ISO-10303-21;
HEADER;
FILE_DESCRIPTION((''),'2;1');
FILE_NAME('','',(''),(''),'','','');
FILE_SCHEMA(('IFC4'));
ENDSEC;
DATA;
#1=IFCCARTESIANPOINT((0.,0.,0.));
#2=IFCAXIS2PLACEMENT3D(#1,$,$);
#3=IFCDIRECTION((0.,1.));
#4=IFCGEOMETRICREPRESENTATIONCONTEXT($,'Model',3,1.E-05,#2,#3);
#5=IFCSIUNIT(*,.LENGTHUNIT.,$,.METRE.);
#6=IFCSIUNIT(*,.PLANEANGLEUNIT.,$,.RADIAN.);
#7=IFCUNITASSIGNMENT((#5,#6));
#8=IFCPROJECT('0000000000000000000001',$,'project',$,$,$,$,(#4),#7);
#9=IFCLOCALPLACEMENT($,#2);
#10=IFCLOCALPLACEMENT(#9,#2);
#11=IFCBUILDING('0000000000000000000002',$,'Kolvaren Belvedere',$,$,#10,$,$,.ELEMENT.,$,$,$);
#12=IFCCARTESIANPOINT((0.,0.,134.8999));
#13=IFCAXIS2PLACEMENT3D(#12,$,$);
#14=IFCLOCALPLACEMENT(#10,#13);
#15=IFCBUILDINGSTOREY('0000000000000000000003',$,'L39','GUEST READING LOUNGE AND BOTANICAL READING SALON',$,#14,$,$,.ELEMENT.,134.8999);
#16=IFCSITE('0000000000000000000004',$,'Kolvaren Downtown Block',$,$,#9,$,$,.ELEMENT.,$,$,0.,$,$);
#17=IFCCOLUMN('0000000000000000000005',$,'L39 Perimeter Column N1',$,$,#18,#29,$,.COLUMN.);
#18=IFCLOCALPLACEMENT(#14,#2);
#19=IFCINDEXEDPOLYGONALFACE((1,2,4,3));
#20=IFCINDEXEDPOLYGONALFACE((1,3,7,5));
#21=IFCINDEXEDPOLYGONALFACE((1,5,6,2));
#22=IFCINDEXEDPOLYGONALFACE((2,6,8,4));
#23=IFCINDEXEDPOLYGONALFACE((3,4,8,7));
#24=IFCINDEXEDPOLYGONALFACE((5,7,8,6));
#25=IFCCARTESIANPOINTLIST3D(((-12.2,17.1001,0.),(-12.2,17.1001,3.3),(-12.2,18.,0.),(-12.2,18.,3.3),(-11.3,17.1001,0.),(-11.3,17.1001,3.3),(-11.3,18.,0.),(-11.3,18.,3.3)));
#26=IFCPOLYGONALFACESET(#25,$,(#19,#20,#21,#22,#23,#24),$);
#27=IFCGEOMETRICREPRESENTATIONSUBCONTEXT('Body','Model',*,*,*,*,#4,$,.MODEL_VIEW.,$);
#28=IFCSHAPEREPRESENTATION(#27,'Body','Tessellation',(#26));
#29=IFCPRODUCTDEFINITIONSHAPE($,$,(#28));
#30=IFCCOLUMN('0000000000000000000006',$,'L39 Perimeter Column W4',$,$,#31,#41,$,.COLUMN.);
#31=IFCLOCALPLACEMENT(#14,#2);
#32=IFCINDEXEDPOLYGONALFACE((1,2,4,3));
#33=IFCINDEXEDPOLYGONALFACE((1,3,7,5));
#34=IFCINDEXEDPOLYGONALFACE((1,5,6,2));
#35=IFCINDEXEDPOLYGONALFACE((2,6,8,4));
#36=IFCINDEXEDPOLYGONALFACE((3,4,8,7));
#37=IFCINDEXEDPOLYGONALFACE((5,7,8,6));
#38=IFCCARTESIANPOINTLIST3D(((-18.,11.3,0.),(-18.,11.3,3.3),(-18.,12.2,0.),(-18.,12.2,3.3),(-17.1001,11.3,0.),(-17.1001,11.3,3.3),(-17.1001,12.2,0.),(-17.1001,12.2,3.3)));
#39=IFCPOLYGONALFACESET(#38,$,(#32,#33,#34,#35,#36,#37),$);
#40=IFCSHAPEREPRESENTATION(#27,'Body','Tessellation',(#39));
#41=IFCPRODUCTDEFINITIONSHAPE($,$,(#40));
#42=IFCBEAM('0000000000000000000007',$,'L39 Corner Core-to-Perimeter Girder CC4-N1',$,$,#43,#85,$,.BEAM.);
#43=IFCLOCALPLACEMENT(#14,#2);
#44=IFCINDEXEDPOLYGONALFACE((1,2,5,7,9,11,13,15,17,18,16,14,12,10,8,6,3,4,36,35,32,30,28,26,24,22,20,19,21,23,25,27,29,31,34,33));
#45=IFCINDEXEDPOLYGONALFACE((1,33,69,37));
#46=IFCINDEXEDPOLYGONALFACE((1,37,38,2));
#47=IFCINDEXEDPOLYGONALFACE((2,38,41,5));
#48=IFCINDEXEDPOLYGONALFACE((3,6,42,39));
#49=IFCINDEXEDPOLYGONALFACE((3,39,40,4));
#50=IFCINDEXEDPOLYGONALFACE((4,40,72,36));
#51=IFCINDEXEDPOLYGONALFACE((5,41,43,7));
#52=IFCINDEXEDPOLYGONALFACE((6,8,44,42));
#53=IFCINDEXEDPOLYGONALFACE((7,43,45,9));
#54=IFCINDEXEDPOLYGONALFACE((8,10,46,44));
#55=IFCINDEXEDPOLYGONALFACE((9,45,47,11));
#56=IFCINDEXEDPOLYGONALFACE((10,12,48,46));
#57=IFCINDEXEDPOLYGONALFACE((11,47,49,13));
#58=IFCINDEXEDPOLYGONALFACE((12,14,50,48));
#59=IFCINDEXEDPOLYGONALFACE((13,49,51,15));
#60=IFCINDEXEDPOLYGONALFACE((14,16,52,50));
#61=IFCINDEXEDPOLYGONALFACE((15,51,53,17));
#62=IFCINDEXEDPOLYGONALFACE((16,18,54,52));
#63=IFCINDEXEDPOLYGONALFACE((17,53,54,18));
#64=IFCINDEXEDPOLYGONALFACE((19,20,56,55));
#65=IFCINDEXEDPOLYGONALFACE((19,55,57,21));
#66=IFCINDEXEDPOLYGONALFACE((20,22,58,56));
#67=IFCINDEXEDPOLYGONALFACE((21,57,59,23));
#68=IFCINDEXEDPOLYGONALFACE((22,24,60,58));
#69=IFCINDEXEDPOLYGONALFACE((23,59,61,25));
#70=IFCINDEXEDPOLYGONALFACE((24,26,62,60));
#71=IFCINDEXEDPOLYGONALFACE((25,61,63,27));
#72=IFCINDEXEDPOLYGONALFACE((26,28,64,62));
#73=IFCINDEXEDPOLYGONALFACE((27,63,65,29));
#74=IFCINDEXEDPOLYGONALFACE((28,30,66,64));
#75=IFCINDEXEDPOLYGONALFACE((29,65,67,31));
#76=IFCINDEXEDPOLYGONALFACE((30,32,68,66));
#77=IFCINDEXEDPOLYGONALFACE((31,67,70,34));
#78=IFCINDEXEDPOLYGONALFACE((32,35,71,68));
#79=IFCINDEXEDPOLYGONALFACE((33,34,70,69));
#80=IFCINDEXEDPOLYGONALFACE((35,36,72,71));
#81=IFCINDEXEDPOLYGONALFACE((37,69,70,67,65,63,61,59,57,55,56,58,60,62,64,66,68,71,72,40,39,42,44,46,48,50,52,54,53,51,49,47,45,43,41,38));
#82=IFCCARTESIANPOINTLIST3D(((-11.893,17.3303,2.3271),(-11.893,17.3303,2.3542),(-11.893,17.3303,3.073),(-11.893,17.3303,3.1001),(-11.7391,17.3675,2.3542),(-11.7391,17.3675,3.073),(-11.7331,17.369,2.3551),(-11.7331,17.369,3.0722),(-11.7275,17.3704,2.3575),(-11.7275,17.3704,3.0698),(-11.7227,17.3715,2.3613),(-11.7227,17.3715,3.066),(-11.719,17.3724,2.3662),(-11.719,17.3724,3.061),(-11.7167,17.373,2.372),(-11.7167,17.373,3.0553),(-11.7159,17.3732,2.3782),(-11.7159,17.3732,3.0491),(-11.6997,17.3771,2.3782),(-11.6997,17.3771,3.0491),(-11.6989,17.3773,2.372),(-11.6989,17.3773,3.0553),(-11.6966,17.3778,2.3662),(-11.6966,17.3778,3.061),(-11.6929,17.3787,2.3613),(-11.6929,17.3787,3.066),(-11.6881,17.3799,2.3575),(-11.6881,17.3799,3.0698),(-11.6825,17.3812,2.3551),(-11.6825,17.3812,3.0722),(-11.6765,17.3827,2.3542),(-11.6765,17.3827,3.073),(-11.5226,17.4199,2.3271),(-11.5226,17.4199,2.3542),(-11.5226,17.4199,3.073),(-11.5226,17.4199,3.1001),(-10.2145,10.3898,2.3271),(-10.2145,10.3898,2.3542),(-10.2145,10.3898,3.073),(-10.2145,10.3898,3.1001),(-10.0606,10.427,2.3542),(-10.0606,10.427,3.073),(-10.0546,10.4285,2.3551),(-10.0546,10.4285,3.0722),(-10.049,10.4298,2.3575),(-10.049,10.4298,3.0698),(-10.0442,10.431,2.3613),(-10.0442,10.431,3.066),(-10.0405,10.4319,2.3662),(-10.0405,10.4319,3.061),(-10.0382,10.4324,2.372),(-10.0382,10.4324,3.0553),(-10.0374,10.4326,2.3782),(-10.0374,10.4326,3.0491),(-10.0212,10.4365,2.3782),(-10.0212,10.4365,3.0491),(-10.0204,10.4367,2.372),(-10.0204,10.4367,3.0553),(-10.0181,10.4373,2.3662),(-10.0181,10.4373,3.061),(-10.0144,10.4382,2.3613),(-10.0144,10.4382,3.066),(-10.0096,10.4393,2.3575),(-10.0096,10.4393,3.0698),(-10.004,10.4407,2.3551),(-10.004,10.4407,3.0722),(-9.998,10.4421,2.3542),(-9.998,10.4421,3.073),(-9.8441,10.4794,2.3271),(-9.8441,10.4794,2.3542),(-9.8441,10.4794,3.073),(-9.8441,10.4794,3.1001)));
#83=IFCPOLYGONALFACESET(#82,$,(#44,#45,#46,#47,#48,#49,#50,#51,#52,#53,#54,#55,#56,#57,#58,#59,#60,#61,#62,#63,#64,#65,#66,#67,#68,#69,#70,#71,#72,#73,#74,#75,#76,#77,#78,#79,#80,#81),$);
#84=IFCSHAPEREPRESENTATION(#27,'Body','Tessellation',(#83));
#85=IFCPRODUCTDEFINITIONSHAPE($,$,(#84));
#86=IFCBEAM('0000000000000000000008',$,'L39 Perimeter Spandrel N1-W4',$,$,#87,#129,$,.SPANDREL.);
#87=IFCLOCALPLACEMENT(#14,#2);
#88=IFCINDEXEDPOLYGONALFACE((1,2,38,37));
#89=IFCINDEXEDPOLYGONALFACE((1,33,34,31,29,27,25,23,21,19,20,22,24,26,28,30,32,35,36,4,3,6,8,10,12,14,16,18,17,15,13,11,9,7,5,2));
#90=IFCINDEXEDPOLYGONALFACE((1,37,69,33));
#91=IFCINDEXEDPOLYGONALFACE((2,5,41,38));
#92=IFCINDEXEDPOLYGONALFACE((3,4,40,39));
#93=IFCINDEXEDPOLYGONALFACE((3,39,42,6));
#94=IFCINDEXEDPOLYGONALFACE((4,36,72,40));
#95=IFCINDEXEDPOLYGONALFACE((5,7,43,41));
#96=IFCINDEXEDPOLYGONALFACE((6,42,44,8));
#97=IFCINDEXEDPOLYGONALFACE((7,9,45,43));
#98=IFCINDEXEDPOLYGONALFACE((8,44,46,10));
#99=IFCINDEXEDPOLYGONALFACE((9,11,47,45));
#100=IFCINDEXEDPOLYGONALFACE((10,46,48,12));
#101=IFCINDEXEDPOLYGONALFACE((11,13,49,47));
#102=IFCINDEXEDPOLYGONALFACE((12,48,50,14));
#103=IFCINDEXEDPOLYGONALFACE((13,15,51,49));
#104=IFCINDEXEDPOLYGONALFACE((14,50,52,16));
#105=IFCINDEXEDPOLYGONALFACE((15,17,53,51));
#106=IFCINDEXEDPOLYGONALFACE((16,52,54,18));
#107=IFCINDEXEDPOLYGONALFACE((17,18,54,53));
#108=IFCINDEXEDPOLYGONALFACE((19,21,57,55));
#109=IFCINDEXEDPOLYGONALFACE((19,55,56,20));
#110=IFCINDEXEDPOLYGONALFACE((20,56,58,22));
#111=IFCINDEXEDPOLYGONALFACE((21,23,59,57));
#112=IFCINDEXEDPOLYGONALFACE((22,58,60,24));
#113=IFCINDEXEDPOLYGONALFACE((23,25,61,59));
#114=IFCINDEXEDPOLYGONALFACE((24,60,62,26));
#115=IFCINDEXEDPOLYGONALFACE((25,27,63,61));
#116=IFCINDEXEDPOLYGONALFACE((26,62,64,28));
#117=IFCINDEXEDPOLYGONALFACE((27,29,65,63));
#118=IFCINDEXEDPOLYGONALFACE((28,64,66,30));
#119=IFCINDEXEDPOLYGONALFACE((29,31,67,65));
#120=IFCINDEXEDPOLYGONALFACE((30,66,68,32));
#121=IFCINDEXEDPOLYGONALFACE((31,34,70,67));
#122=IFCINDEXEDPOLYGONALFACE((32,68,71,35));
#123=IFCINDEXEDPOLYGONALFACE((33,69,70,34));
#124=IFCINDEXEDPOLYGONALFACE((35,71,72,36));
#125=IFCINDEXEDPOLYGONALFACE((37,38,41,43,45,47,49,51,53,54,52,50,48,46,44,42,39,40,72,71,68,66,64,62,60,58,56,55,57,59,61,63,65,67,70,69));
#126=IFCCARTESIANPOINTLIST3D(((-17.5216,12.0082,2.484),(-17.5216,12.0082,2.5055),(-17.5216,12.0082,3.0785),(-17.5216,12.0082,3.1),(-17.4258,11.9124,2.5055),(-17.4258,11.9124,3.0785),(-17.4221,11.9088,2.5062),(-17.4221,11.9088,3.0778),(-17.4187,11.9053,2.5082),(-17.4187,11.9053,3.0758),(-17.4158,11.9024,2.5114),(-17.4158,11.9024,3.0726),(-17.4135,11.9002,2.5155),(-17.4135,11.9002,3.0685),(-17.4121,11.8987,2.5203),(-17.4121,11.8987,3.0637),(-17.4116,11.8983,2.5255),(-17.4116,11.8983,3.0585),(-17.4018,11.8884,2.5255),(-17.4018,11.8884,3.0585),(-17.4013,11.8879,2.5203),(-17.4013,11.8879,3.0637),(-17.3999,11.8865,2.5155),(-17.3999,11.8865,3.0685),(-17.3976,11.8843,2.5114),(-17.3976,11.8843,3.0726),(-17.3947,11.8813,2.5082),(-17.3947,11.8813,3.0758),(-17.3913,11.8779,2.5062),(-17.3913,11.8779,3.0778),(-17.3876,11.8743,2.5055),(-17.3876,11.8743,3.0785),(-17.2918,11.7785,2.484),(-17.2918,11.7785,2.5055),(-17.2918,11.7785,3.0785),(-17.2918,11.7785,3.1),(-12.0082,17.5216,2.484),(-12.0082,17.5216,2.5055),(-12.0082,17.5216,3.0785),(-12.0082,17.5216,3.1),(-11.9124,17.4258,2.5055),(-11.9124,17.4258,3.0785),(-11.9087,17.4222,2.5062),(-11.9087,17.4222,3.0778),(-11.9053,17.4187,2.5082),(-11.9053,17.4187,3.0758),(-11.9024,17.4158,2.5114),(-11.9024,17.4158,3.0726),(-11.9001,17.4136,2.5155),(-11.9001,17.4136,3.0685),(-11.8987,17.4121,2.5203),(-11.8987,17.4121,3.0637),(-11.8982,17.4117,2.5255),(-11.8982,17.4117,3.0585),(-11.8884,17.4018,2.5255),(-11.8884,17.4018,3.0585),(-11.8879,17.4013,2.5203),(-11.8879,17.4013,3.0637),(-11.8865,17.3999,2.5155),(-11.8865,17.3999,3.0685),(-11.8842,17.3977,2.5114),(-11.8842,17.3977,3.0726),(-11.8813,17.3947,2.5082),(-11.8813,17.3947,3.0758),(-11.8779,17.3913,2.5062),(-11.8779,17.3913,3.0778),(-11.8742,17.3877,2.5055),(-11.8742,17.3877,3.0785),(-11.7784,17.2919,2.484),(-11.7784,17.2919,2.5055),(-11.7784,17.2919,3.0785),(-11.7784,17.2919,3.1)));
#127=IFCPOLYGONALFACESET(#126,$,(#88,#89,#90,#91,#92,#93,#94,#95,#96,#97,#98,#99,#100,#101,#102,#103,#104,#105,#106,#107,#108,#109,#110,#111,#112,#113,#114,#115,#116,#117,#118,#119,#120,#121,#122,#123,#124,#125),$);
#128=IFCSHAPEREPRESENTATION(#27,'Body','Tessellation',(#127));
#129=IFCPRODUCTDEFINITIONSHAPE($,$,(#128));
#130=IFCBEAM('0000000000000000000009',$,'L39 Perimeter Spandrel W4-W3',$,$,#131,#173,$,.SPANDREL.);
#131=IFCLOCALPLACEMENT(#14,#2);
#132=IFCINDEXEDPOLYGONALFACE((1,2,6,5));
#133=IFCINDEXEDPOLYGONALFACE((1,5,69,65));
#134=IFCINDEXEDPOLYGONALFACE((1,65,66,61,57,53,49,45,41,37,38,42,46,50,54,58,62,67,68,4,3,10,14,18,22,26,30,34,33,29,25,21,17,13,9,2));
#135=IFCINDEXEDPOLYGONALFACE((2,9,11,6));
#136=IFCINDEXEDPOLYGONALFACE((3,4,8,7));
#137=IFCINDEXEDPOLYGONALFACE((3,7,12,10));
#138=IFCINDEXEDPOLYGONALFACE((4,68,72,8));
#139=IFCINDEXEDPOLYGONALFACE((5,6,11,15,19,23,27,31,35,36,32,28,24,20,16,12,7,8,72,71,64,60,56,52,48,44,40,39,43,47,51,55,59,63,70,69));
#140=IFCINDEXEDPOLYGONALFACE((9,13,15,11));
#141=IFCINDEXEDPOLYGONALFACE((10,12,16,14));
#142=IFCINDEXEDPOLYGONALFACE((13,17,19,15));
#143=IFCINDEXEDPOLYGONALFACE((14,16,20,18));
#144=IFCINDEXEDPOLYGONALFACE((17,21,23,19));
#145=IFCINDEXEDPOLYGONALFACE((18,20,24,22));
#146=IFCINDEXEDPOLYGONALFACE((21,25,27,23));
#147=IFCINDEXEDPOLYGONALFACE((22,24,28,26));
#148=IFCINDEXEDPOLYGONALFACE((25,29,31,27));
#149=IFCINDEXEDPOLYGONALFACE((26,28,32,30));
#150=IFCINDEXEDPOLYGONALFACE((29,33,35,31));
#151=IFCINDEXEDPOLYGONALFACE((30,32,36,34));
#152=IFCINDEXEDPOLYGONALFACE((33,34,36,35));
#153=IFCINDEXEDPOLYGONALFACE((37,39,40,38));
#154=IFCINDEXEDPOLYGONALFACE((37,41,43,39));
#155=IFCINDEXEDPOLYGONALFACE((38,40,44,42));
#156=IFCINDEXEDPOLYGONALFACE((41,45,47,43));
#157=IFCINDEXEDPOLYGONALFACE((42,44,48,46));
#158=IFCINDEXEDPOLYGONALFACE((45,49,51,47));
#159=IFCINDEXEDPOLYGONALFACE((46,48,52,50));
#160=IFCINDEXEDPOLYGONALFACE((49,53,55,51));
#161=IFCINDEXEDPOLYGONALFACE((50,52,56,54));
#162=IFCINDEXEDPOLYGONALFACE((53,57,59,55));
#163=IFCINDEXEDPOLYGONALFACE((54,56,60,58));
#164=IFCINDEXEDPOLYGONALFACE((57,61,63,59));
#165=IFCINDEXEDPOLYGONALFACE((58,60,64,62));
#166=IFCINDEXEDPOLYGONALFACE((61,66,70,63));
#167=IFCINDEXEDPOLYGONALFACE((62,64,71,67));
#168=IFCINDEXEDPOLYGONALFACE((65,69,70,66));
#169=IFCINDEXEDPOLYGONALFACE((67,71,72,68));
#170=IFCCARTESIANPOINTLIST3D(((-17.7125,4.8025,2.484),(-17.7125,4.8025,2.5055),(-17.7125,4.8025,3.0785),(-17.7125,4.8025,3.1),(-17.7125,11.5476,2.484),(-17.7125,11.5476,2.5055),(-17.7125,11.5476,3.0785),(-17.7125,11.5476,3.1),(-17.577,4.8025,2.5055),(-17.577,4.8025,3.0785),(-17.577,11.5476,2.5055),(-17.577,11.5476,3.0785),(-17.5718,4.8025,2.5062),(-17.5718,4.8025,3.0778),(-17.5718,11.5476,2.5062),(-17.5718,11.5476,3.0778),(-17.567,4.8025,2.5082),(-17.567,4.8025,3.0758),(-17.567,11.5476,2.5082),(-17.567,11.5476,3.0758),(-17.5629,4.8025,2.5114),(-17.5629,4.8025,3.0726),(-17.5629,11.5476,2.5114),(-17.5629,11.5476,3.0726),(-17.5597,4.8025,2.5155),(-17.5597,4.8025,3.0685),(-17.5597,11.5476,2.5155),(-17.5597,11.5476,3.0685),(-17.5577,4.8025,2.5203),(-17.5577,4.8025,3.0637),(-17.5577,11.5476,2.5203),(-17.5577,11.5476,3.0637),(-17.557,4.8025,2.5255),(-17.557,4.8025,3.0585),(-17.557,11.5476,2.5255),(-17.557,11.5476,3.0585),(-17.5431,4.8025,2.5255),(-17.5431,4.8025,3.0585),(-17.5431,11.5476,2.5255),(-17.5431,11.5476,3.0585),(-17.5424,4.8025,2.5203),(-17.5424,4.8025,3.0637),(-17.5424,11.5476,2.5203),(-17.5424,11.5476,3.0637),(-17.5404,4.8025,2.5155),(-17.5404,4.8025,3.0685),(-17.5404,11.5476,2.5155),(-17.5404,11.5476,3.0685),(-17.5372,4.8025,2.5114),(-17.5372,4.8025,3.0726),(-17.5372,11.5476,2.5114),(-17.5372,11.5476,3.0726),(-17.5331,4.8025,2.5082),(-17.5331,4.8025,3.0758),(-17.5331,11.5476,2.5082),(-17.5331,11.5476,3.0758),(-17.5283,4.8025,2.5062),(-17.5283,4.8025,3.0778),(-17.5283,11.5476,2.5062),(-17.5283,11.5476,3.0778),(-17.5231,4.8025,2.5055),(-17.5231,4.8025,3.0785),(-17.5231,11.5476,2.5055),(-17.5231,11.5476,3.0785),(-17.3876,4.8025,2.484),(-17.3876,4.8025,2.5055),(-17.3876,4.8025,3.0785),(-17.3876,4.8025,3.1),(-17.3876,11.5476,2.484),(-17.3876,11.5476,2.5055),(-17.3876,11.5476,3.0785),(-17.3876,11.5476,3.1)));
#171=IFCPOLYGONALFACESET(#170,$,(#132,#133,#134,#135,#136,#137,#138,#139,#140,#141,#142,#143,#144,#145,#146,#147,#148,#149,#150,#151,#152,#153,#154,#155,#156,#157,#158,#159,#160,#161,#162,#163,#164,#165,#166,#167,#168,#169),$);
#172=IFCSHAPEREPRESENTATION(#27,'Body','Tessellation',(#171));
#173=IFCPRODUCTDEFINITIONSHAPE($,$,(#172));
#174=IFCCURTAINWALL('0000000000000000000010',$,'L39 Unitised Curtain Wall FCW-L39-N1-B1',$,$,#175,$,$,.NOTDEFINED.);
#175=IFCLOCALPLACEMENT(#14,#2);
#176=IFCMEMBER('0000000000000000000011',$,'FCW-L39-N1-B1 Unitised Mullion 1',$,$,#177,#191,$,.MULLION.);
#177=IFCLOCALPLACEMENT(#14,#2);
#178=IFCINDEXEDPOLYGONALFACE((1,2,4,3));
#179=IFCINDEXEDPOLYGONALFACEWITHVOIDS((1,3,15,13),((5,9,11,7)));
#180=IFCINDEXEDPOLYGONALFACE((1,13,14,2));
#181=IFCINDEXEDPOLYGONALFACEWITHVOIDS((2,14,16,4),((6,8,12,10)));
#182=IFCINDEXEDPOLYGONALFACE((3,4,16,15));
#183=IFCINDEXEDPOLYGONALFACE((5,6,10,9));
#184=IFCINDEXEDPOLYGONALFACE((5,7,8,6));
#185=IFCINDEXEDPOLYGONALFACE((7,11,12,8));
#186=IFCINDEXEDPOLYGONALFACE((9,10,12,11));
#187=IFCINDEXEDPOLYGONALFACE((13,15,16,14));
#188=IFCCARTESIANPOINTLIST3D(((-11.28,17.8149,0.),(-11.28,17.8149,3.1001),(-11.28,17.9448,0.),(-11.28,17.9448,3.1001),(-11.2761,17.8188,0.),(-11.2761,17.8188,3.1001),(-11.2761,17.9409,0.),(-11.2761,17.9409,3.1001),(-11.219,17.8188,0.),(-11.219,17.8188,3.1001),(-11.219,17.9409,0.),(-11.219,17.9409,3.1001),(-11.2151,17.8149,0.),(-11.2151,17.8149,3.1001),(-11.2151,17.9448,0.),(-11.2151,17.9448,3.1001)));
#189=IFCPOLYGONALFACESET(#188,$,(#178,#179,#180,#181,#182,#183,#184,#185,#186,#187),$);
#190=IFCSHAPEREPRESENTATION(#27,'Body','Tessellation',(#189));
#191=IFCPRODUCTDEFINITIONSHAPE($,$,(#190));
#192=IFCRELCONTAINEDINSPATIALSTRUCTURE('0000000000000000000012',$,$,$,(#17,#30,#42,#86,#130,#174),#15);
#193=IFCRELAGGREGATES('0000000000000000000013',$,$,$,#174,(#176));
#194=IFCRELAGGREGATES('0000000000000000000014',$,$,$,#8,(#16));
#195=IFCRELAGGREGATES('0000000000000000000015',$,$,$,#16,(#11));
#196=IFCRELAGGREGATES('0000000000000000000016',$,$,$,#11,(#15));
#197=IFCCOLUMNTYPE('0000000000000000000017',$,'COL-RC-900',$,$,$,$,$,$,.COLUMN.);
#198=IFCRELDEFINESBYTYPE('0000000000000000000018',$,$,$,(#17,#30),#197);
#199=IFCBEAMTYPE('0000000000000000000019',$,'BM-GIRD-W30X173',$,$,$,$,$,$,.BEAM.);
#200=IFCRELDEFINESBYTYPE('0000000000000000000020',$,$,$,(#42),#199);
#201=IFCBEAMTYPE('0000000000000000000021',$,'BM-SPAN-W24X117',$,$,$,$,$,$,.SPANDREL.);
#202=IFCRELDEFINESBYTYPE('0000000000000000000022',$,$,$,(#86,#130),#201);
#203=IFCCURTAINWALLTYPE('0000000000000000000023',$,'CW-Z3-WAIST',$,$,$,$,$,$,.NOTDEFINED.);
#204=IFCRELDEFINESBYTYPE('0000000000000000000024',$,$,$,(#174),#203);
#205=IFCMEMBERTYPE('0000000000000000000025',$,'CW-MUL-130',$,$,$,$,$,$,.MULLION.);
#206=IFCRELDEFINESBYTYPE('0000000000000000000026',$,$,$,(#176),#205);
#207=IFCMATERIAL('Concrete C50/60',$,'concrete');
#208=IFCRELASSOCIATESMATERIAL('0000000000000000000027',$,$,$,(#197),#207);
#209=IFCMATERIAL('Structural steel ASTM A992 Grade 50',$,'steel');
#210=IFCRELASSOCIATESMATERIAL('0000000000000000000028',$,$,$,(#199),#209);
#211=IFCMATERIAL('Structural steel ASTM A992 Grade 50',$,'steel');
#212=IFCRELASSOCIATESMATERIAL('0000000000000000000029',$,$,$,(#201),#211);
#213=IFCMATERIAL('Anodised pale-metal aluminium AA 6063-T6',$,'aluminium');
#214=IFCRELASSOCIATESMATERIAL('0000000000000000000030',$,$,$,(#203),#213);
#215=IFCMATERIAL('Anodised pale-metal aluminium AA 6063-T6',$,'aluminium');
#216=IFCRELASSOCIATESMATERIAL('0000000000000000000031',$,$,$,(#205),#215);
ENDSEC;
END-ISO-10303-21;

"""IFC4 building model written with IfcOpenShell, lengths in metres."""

from ifc_helpers import new_model, si_unit, direction, frame, origin, origin_2d, place, context, subcontext, project, spatial, rectangle, hollow_rectangle, i_section, extrude, material, material_profile, profile_set, type_object, element, aggregate, save


model = new_model("IFC4")

# Units and contexts
model_context = context("Model", 3, precision=1e-05, world=origin(), true_north=direction((0.0, 1.0)))
body_context = subcontext(model_context, "Body", "Model", "MODEL_VIEW")
ifc_project = project(units=[si_unit("LENGTHUNIT", "METRE"), si_unit("PLANEANGLEUNIT", "RADIAN")], contexts=[model_context])

# Site, building, storey
site_placement = place(None, origin())
site = spatial("IfcSite", under=ifc_project, at=site_placement, Name="Kolvaren Downtown Block", CompositionType="ELEMENT", RefElevation=0.0)
building_placement = place(site_placement, origin())
building = spatial("IfcBuilding", under=site, at=building_placement, Name="Kolvaren Belvedere", CompositionType="ELEMENT")
storey_placement = place(building_placement, frame((0.0, 0.0, 134.8999)))
storey = spatial("IfcBuildingStorey", under=building, at=storey_placement, Name="L39", Description="GUEST READING LOUNGE AND BOTANICAL READING SALON", CompositionType="ELEMENT", Elevation=134.8999)

# Columns
ifc_material_1 = material(Name="Concrete C50/60", Category="concrete")
ifc_material_profile_1 = material_profile(ifc_material_1, rectangle(XDim=0.8999, YDim=0.8999, at=origin_2d()), Name="RC 900X900")
ifc_profile_set_1 = profile_set([ifc_material_profile_1], Name="Concrete C50/60")
column_type = type_object("IfcColumnType", Name="COL-RC-900", PredefinedType="COLUMN", material=ifc_profile_set_1)
for number, where, z_axis, x_axis, name in (
    (1, (-11.75, 17.55, 0.0), (0.0, 0.0, 1.0), (1.0, 0.0, 0.0), "L39 Perimeter Column N1"),
    (2, (-17.55, 11.75, 0.0), (0.0, 0.0, 1.0), (1.0, 0.0, 0.0), "L39 Perimeter Column W4"),
):
    element("IfcColumn", number, at=place(storey_placement, frame(where, z_axis=z_axis, x_axis=x_axis)), inside=storey, type_object=column_type, Name=name, PredefinedType="COLUMN", context=body_context, shape_type="SweptSolid", body=[
        extrude(rectangle(XDim=0.8999, YDim=0.8999, at=origin_2d()), origin(), (0.0, 0.0, 1.0), 3.3),
    ])

# Beams
ifc_material_2 = material(Name="Structural steel ASTM A992 Grade 50", Category="steel")
ifc_material_profile_2 = material_profile(ifc_material_2, i_section(OverallWidth=0.3811, OverallDepth=0.7729, WebThickness=0.0166, FlangeThickness=0.0271, FilletRadius=0.0239, at=origin_2d()), Name="W30X173")
ifc_profile_set_2 = profile_set([ifc_material_profile_2], Name="Structural steel ASTM A992 Grade 50")
beam_type_1 = type_object("IfcBeamType", Name="BM-GIRD-W30X173", PredefinedType="BEAM", material=ifc_profile_set_2)
beam_1_placement = place(storey_placement, frame((-10.0293, 10.4346, 2.7136), z_axis=(-0.235063, 0.97198, 0.0), x_axis=(-0.97198, -0.235063, 0.0)))
element("IfcBeam", 3, at=beam_1_placement, inside=storey, type_object=beam_type_1, Name="L39 Corner Core-to-Perimeter Girder CC4-N1", PredefinedType="BEAM", context=body_context, shape_type="SweptSolid", body=[
    extrude(i_section(OverallWidth=0.3811, OverallDepth=0.7729, WebThickness=0.0166, FlangeThickness=0.0271, FilletRadius=0.0239, at=origin_2d()), origin(), (0.0, 0.0, 1.0), 7.1406),
])
ifc_material_3 = material(Name="Structural steel ASTM A992 Grade 50", Category="steel")
ifc_material_profile_3 = material_profile(ifc_material_3, i_section(OverallWidth=0.325, OverallDepth=0.616, WebThickness=0.0139, FlangeThickness=0.0215, FilletRadius=0.02, at=origin_2d()), Name="W24X117")
ifc_profile_set_3 = profile_set([ifc_material_profile_3], Name="Structural steel ASTM A992 Grade 50")
beam_type_2 = type_object("IfcBeamType", Name="BM-SPAN-W24X117", PredefinedType="SPANDREL", material=ifc_profile_set_3)
beam_2_placement = place(storey_placement, frame((-11.8933, 17.4067, 2.792), z_axis=(-0.707107, -0.707107, 0.0), x_axis=(0.707107, -0.707107, 0.0)))
element("IfcBeam", 4, at=beam_2_placement, inside=storey, type_object=beam_type_2, Name="L39 Perimeter Spandrel N1-W4", PredefinedType="SPANDREL", context=body_context, shape_type="SweptSolid", body=[
    extrude(i_section(OverallWidth=0.325, OverallDepth=0.616, WebThickness=0.0139, FlangeThickness=0.0215, FilletRadius=0.02, at=origin_2d()), origin(), (0.0, 0.0, 1.0), 7.7971),
])
beam_3_placement = place(storey_placement, frame((-17.55, 11.5476, 2.792), z_axis=(0.0, -1.0, 0.0), x_axis=(1.0, 0.0, 0.0)))
element("IfcBeam", 5, at=beam_3_placement, inside=storey, type_object=beam_type_2, Name="L39 Perimeter Spandrel W4-W3", PredefinedType="SPANDREL", context=body_context, shape_type="SweptSolid", body=[
    extrude(i_section(OverallWidth=0.325, OverallDepth=0.616, WebThickness=0.0139, FlangeThickness=0.0215, FilletRadius=0.02, at=origin_2d()), origin(), (0.0, 0.0, 1.0), 6.7451),
])

# Curtain wall, member
ifc_material_4 = material(Name="Anodised pale-metal aluminium AA 6063-T6", Category="aluminium")
curtain_wall_type = type_object("IfcCurtainWallType", Name="CW-Z3-WAIST", PredefinedType="NOTDEFINED", material=ifc_material_4)
curtain_wall_1_placement = place(storey_placement, origin())
curtain_wall_1 = element("IfcCurtainWall", 6, at=curtain_wall_1_placement, inside=storey, type_object=curtain_wall_type, Name="L39 Unitised Curtain Wall FCW-L39-N1-B1", PredefinedType="NOTDEFINED")
ifc_material_5 = material(Name="Anodised pale-metal aluminium AA 6063-T6", Category="aluminium")
ifc_material_profile_4 = material_profile(ifc_material_5, hollow_rectangle(XDim=0.0649, YDim=0.1299, WallThickness=0.0039, at=origin_2d()), Name="ALU-MUL-130X65")
ifc_profile_set_4 = profile_set([ifc_material_profile_4], Name="Anodised pale-metal aluminium AA 6063-T6")
member_type_1 = type_object("IfcMemberType", Name="CW-MUL-130", PredefinedType="MULLION", material=ifc_profile_set_4)
member_1_placement = place(storey_placement, frame((-11.2476, 17.8799, 0.0), z_axis=(0.0, 0.0, 1.0), x_axis=(1.0, 0.0, 0.0)))
member_1 = element("IfcMember", 7, at=member_1_placement, type_object=member_type_1, Name="FCW-L39-N1-B1 Unitised Mullion 1", PredefinedType="MULLION", context=body_context, shape_type="SweptSolid", body=[
    extrude(hollow_rectangle(XDim=0.0649, YDim=0.1299, WallThickness=0.0039, at=origin_2d()), origin(), (0.0, 0.0, 1.0), 3.1001),
])

aggregate(curtain_wall_1, [member_1])

save(model, "model.ifc")
